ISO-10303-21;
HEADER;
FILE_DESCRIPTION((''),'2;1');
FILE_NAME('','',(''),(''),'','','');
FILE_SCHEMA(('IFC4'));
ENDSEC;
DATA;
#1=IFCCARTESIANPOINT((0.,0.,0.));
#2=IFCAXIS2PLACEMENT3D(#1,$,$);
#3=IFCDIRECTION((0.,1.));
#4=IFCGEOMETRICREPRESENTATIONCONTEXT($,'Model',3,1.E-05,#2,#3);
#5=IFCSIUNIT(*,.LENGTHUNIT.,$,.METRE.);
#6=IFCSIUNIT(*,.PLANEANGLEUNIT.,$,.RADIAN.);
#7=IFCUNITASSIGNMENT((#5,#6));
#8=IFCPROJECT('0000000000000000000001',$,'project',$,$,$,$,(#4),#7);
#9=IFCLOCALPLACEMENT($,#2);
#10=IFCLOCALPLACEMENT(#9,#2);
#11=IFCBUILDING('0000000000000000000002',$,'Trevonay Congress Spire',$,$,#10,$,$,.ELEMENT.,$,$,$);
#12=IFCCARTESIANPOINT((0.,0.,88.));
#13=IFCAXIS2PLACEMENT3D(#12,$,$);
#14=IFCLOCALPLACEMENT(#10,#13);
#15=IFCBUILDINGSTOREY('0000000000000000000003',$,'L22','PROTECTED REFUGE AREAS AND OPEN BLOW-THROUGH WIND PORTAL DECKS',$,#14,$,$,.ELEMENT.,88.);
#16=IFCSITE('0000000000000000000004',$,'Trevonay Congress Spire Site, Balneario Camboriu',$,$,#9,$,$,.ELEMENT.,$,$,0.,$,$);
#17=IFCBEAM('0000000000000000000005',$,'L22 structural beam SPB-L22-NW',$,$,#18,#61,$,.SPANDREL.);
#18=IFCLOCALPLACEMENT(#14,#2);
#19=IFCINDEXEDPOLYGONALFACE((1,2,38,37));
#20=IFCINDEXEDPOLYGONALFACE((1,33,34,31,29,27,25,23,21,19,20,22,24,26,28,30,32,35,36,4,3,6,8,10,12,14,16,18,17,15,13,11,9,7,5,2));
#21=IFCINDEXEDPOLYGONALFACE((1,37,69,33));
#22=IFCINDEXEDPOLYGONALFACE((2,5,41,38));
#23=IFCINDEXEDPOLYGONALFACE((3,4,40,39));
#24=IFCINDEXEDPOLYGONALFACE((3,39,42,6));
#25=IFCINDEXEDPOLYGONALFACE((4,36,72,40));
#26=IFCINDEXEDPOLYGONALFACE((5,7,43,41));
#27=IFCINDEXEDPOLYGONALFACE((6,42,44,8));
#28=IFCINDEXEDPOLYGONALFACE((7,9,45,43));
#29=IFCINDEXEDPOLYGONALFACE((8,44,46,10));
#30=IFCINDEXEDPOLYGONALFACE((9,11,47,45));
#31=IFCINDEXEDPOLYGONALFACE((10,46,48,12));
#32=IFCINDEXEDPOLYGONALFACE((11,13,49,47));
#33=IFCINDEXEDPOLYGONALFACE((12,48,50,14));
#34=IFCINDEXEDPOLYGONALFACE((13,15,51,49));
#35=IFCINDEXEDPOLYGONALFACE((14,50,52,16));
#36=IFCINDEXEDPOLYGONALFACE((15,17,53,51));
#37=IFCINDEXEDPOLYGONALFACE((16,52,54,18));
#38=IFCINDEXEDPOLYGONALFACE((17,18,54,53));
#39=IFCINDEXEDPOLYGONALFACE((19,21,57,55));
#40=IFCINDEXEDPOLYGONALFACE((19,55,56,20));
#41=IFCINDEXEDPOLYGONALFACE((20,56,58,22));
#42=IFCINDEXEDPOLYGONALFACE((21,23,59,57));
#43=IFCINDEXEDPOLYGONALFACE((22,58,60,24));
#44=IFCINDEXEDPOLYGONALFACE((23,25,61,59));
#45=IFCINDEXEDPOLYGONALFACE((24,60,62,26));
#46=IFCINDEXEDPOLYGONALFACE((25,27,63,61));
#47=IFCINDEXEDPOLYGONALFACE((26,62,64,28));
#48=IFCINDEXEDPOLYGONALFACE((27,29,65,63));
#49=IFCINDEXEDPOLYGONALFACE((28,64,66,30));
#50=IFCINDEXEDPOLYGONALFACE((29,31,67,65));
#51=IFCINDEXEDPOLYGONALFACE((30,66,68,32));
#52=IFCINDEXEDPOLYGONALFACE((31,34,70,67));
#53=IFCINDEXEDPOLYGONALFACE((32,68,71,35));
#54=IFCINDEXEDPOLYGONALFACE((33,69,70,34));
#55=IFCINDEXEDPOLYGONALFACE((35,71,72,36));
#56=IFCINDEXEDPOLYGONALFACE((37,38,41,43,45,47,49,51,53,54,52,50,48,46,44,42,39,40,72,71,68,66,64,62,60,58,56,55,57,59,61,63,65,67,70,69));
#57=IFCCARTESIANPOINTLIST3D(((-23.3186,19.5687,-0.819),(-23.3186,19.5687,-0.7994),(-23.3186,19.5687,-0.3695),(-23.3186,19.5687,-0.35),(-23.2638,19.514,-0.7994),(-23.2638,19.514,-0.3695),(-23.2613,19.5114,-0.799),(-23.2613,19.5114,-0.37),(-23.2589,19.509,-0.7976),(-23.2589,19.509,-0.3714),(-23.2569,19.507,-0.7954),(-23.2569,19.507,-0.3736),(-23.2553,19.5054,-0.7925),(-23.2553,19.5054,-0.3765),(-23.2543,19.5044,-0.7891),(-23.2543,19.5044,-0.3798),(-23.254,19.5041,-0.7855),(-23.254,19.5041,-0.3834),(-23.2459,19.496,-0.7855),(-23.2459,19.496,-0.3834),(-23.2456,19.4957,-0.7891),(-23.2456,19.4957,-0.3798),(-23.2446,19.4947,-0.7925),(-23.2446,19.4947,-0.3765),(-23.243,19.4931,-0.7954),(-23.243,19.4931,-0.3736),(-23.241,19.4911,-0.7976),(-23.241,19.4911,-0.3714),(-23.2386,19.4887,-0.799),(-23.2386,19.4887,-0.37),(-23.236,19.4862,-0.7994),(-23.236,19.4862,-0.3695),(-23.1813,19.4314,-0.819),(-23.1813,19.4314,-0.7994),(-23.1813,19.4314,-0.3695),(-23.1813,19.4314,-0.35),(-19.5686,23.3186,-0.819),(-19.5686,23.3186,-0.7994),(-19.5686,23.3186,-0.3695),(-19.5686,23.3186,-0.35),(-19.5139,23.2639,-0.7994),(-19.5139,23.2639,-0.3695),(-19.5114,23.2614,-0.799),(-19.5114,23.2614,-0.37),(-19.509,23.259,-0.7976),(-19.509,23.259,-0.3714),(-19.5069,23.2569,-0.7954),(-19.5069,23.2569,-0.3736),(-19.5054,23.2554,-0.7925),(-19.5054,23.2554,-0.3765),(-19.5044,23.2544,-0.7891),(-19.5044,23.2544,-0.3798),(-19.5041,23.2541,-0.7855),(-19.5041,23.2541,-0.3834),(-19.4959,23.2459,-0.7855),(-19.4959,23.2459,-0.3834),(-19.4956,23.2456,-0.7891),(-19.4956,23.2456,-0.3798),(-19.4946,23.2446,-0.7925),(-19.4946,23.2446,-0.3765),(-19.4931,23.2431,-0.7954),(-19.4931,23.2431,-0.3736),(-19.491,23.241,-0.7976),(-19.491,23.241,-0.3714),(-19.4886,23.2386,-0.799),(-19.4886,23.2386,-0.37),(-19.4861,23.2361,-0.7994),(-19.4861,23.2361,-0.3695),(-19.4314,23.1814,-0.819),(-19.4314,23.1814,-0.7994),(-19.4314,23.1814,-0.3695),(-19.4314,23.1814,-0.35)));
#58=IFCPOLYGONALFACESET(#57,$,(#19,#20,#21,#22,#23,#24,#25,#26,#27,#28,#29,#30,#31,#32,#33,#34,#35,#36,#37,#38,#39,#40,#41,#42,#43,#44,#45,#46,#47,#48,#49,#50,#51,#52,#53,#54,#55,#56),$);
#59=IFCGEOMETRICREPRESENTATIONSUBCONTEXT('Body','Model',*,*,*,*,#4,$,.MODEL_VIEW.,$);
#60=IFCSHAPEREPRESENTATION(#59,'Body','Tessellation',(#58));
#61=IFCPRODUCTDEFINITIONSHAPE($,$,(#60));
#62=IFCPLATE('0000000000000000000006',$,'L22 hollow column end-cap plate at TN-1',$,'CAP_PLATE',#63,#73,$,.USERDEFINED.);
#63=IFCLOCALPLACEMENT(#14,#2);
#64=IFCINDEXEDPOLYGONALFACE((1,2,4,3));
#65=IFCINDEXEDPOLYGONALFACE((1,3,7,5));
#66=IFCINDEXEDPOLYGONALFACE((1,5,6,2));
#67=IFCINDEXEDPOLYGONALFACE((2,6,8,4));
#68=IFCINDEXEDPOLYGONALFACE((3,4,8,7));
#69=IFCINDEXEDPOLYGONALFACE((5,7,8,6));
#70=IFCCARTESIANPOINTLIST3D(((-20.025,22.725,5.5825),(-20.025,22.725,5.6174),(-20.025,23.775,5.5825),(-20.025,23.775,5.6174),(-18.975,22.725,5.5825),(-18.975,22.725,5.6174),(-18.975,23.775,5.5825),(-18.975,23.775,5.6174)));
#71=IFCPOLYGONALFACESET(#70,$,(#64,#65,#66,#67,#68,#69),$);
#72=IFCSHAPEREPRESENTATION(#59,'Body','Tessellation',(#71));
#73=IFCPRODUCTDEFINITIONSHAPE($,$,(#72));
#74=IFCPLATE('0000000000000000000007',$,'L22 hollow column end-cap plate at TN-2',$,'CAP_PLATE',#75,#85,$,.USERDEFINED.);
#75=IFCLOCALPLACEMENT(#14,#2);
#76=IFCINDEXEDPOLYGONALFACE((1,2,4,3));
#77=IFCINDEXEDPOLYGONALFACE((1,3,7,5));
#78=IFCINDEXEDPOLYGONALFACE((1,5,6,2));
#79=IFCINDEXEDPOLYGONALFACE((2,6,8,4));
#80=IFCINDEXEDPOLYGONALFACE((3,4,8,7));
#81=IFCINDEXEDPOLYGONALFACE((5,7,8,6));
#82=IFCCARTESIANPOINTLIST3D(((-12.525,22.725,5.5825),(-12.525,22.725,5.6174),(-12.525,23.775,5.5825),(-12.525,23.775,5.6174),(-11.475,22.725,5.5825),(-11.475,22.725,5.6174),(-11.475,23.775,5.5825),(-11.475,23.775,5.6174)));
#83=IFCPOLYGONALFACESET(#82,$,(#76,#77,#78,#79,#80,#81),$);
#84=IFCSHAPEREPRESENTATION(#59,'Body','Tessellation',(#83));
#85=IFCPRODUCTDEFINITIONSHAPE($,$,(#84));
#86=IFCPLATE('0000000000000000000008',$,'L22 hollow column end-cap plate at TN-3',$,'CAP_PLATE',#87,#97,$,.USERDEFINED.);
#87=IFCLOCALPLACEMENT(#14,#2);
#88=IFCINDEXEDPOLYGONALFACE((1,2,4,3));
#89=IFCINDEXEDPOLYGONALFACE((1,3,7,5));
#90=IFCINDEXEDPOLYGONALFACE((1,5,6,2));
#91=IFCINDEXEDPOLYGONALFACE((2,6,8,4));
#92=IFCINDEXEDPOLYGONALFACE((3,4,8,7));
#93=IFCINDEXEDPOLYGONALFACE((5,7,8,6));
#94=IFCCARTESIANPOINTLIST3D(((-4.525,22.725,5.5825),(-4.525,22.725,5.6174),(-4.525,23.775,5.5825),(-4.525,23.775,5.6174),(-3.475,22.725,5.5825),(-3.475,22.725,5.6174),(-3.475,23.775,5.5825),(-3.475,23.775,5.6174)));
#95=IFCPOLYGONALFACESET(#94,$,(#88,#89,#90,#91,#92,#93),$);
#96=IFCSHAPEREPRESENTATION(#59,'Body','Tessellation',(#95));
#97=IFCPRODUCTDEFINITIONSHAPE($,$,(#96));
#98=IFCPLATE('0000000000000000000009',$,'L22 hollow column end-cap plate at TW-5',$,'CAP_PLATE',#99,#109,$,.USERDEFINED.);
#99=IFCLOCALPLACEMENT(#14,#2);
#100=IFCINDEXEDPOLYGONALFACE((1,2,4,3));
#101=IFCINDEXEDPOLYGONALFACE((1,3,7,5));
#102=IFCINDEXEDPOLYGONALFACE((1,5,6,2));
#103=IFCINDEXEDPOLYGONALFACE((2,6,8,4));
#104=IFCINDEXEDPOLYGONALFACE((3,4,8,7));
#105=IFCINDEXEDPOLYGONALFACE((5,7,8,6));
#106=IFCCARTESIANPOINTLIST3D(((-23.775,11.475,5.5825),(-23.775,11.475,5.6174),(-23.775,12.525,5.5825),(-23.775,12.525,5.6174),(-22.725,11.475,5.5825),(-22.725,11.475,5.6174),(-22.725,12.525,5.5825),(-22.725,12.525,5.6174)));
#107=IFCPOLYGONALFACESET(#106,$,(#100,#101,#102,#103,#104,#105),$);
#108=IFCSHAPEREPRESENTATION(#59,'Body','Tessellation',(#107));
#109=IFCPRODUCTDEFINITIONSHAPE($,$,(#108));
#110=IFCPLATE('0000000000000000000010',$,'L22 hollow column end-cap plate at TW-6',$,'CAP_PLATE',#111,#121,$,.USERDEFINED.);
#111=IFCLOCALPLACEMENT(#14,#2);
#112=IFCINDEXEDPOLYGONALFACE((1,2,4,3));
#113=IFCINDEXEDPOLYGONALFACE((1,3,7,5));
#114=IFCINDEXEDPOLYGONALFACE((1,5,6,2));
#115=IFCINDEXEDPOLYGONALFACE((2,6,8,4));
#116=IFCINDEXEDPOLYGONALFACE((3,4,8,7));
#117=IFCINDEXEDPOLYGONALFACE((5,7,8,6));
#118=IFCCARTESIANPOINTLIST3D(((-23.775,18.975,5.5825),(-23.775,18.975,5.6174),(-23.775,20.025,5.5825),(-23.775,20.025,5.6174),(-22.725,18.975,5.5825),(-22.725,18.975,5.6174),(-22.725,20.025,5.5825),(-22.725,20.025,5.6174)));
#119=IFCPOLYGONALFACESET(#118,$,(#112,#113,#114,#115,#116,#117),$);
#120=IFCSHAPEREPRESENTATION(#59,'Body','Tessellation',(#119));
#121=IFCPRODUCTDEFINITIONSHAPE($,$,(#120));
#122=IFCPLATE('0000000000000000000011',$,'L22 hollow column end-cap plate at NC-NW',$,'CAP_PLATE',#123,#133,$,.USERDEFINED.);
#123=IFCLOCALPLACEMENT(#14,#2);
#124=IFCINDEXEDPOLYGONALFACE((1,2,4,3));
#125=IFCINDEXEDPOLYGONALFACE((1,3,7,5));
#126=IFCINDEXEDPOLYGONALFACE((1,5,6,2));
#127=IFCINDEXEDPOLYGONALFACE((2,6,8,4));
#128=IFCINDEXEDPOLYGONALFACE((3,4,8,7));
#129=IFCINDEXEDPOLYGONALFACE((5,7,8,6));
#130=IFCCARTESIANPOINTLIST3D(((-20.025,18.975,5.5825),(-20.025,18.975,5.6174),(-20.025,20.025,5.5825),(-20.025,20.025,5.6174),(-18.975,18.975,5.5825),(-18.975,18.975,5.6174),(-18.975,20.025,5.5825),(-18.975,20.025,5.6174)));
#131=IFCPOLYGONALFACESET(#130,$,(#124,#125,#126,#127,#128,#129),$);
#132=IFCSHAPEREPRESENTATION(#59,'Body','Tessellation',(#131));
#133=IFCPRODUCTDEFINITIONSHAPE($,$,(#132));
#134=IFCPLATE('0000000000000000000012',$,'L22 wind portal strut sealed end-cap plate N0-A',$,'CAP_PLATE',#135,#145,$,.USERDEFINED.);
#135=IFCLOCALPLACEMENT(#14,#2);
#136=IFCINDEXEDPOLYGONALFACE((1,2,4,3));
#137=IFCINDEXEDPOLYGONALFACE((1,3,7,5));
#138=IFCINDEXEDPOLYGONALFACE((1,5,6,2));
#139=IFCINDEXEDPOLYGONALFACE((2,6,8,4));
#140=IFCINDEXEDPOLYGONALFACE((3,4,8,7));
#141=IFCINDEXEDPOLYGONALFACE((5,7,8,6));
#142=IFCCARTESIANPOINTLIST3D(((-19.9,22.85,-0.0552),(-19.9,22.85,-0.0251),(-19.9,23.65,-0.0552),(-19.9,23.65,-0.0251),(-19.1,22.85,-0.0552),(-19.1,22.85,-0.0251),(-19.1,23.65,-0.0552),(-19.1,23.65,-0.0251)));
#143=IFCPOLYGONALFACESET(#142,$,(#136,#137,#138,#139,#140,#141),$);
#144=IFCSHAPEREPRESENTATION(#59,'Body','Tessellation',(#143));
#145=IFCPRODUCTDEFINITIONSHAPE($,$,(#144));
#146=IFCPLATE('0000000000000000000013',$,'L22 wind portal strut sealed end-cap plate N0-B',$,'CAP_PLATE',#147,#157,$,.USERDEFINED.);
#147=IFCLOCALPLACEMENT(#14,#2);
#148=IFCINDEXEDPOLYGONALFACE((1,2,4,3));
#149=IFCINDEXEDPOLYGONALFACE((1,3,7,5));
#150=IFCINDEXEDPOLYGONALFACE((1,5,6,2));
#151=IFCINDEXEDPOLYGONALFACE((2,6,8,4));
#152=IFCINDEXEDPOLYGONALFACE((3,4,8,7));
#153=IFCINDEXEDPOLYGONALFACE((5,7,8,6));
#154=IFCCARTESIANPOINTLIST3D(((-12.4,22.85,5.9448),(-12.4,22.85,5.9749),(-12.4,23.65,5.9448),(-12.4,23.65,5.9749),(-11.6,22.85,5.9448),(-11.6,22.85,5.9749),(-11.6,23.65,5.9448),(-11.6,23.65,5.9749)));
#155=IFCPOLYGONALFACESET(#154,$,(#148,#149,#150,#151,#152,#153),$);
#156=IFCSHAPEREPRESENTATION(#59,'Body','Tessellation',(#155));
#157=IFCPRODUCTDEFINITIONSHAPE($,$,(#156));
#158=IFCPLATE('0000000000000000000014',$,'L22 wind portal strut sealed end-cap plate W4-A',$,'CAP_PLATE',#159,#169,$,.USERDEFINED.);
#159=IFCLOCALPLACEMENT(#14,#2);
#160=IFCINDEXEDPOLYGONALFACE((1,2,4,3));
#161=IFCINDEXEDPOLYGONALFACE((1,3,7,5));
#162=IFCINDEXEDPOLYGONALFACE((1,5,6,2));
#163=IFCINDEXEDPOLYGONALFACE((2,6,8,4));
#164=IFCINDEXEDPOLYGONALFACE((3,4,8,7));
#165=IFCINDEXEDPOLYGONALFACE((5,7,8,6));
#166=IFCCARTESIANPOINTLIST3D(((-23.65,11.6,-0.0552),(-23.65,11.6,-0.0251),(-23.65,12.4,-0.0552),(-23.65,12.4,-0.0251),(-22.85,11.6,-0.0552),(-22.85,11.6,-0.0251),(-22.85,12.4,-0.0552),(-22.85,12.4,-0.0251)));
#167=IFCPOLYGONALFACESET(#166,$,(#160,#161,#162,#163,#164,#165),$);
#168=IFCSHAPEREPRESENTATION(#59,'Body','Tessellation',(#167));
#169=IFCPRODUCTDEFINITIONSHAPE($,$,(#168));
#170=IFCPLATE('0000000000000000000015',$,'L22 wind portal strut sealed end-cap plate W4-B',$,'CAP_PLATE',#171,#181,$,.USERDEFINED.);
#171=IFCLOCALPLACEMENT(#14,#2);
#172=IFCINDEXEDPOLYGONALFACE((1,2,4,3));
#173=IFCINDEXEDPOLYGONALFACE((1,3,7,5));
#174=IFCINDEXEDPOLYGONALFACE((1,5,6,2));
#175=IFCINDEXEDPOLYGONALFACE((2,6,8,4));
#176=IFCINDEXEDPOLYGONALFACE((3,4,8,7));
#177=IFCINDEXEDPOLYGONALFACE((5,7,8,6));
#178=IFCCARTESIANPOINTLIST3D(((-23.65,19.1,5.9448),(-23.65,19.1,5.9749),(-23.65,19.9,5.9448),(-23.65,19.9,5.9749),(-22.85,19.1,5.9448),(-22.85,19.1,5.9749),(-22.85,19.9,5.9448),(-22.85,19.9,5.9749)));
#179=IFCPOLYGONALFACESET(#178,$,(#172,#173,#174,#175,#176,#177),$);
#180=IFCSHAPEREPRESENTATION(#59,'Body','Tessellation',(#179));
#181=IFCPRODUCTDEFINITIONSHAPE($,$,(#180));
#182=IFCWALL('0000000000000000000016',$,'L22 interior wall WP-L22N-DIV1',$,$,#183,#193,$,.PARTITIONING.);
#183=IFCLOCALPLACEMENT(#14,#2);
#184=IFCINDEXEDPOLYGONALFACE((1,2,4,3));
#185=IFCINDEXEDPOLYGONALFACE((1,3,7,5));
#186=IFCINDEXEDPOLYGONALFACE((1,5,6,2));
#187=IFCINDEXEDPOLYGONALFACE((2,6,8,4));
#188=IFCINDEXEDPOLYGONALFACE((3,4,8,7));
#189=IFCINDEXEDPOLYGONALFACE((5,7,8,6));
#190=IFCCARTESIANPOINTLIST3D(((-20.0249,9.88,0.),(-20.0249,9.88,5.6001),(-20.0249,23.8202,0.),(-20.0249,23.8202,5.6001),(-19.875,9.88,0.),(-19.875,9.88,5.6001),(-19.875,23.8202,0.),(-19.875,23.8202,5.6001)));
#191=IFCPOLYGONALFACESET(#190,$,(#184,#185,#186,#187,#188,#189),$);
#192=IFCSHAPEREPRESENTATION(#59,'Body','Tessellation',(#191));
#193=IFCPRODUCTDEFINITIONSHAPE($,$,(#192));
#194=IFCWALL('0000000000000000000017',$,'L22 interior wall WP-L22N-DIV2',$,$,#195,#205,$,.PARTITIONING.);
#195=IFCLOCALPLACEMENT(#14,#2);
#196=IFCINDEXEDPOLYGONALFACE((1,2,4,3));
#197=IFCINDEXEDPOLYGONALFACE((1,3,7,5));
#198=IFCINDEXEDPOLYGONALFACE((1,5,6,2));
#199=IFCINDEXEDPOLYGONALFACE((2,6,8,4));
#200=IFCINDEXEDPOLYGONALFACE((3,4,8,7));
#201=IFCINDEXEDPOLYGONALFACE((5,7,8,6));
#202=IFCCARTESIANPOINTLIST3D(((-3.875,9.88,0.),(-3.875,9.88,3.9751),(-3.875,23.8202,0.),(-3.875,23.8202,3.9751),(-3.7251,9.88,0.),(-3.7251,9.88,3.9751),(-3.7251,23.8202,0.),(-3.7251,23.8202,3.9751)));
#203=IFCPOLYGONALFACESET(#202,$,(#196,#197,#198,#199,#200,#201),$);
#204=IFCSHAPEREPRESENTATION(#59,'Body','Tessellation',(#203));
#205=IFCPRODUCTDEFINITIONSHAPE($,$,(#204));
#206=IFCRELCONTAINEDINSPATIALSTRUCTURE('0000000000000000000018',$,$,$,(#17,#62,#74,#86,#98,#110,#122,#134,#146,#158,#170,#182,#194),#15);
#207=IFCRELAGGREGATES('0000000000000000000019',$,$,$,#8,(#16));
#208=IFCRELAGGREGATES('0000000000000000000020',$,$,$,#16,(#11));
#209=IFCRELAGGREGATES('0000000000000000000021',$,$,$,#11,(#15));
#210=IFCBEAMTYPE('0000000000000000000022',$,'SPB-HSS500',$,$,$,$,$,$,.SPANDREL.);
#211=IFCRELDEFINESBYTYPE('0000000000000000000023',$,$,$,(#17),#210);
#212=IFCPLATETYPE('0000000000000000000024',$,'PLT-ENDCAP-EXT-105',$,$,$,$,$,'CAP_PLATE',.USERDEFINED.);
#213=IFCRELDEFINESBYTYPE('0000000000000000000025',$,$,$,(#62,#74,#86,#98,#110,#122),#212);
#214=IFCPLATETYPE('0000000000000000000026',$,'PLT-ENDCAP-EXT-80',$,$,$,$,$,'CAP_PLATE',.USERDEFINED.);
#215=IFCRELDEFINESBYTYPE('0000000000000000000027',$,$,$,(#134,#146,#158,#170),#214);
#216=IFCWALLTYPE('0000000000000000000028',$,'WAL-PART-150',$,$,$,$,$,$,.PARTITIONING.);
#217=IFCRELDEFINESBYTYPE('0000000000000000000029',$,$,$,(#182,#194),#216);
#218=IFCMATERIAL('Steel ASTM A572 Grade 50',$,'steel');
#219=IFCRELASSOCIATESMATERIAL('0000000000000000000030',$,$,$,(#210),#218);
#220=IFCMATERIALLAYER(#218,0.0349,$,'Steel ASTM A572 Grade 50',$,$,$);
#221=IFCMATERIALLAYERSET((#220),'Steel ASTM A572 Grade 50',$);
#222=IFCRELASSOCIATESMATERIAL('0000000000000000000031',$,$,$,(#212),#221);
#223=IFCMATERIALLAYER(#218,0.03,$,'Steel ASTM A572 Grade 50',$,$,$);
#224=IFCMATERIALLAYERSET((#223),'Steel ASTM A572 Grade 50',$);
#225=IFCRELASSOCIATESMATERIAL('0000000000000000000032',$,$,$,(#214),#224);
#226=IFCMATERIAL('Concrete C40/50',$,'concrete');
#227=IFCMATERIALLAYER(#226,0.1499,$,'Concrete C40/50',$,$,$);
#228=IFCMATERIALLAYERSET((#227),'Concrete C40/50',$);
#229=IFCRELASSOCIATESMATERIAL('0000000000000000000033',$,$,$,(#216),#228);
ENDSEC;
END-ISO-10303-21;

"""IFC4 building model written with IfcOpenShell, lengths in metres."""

from ifc_helpers import new_model, si_unit, direction, frame, frame_2d, origin, origin_2d, place, context, subcontext, project, spatial, rectangle, i_section, extrude, material, layer, layer_set, material_profile, profile_set, type_object, element, save


model = new_model("IFC4")

# Units and contexts
model_context = context("Model", 3, precision=1e-05, world=origin(), true_north=direction((0.0, 1.0)))
body_context = subcontext(model_context, "Body", "Model", "MODEL_VIEW")
ifc_project = project(units=[si_unit("LENGTHUNIT", "METRE"), si_unit("PLANEANGLEUNIT", "RADIAN")], contexts=[model_context])

# Site, building, storey
site_placement = place(None, origin())
site = spatial("IfcSite", under=ifc_project, at=site_placement, Name="Trevonay Congress Spire Site, Balneario Camboriu", CompositionType="ELEMENT", RefElevation=0.0)
building_placement = place(site_placement, origin())
building = spatial("IfcBuilding", under=site, at=building_placement, Name="Trevonay Congress Spire", CompositionType="ELEMENT")
storey_placement = place(building_placement, frame((0.0, 0.0, 88.0)))
storey = spatial("IfcBuildingStorey", under=building, at=storey_placement, Name="L22", Description="PROTECTED REFUGE AREAS AND OPEN BLOW-THROUGH WIND PORTAL DECKS", CompositionType="ELEMENT", Elevation=88.0)

# Shared definitions
ifc_material_1 = material(Name="Steel ASTM A572 Grade 50", Category="steel")

# Beam
ifc_material_profile_1 = material_profile(ifc_material_1, i_section(OverallWidth=0.1941, OverallDepth=0.469, WebThickness=0.0115, FlangeThickness=0.0195, FilletRadius=0.0139, at=origin_2d()), Name="W460x106")
ifc_profile_set_1 = profile_set([ifc_material_profile_1], Name="Steel ASTM A572 Grade 50")
beam_type_1 = type_object("IfcBeamType", Name="SPB-HSS500", PredefinedType="SPANDREL", material=ifc_profile_set_1)
beam_1_placement = place(storey_placement, frame((-19.5, 23.25, -0.5845), z_axis=(-0.707107, -0.707107, 0.0), x_axis=(0.707107, -0.707107, 0.0)))
element("IfcBeam", 1, at=beam_1_placement, inside=storey, type_object=beam_type_1, Name="L22 structural beam SPB-L22-NW", PredefinedType="SPANDREL", context=body_context, shape_type="SweptSolid", body=[
    extrude(i_section(OverallWidth=0.1941, OverallDepth=0.469, WebThickness=0.0115, FlangeThickness=0.0195, FilletRadius=0.0139, at=origin_2d()), origin(), (0.0, 0.0, 1.0), 5.3032),
])

# Plates
ifc_layer_1 = layer(ifc_material_1, 0.0349, Name="Steel ASTM A572 Grade 50")
ifc_layer_set_1 = layer_set([ifc_layer_1], Name="Steel ASTM A572 Grade 50")
plate_type_1 = type_object("IfcPlateType", Name="PLT-ENDCAP-EXT-105", ElementType="CAP_PLATE", PredefinedType="USERDEFINED", material=ifc_layer_set_1)
for number, where, z_axis, x_axis, name in (
    (2, (-19.5, 23.25, 5.5825), (0.0, 0.0, 1.0), (1.0, 0.0, 0.0), "L22 hollow column end-cap plate at TN-1"),
    (3, (-12.0, 23.25, 5.5825), (0.0, 0.0, 1.0), (1.0, 0.0, 0.0), "L22 hollow column end-cap plate at TN-2"),
    (4, (-4.0, 23.25, 5.5825), (0.0, 0.0, 1.0), (1.0, 0.0, 0.0), "L22 hollow column end-cap plate at TN-3"),
    (5, (-23.25, 12.0, 5.5825), (0.0, 0.0, 1.0), (1.0, 0.0, 0.0), "L22 hollow column end-cap plate at TW-5"),
    (6, (-23.25, 19.5, 5.5825), (0.0, 0.0, 1.0), (1.0, 0.0, 0.0), "L22 hollow column end-cap plate at TW-6"),
    (7, (-19.5, 19.5, 5.5825), (0.0, 0.0, 1.0), (1.0, 0.0, 0.0), "L22 hollow column end-cap plate at NC-NW"),
):
    element("IfcPlate", number, at=place(storey_placement, frame(where, z_axis=z_axis, x_axis=x_axis)), inside=storey, type_object=plate_type_1, Name=name, ObjectType="CAP_PLATE", PredefinedType="USERDEFINED", context=body_context, shape_type="SweptSolid", body=[
        extrude(rectangle(XDim=1.05, YDim=1.05, at=origin_2d()), origin(), (0.0, 0.0, 1.0), 0.0349),
    ])
ifc_layer_2 = layer(ifc_material_1, 0.03, Name="Steel ASTM A572 Grade 50")
ifc_layer_set_2 = layer_set([ifc_layer_2], Name="Steel ASTM A572 Grade 50")
plate_type_2 = type_object("IfcPlateType", Name="PLT-ENDCAP-EXT-80", ElementType="CAP_PLATE", PredefinedType="USERDEFINED", material=ifc_layer_set_2)
for number, where, z_axis, x_axis, name in (
    (8, (-19.5, 23.25, -0.0552), (0.0, 0.0, 1.0), (1.0, 0.0, 0.0), "L22 wind portal strut sealed end-cap plate N0-A"),
    (9, (-12.0, 23.25, 5.9448), (0.0, 0.0, 1.0), (1.0, 0.0, 0.0), "L22 wind portal strut sealed end-cap plate N0-B"),
    (10, (-23.25, 12.0, -0.0552), (0.0, 0.0, 1.0), (1.0, 0.0, 0.0), "L22 wind portal strut sealed end-cap plate W4-A"),
    (11, (-23.25, 19.5, 5.9448), (0.0, 0.0, 1.0), (1.0, 0.0, 0.0), "L22 wind portal strut sealed end-cap plate W4-B"),
):
    element("IfcPlate", number, at=place(storey_placement, frame(where, z_axis=z_axis, x_axis=x_axis)), inside=storey, type_object=plate_type_2, Name=name, ObjectType="CAP_PLATE", PredefinedType="USERDEFINED", context=body_context, shape_type="SweptSolid", body=[
        extrude(rectangle(XDim=0.8, YDim=0.8, at=origin_2d()), origin(), (0.0, 0.0, 1.0), 0.03),
    ])

# Walls
ifc_material_2 = material(Name="Concrete C40/50", Category="concrete")
ifc_layer_3 = layer(ifc_material_2, 0.1499, Name="Concrete C40/50")
ifc_layer_set_3 = layer_set([ifc_layer_3], Name="Concrete C40/50")
wall_type = type_object("IfcWallType", Name="WAL-PART-150", PredefinedType="PARTITIONING", material=ifc_layer_set_3)
wall_1_placement = place(storey_placement, frame((-19.95, 9.8799, 0.0), z_axis=(0.0, 0.0, 1.0), x_axis=(0.0, 1.0, 0.0)))
element("IfcWall", 12, at=wall_1_placement, inside=storey, type_object=wall_type, Name="L22 interior wall WP-L22N-DIV1", PredefinedType="PARTITIONING", context=body_context, shape_type="SweptSolid", body=[
    extrude(rectangle(XDim=13.9402, YDim=0.1499, at=frame_2d((6.9702, 0.0))), origin(), (0.0, 0.0, 1.0), 5.6001),
])
wall_2_placement = place(storey_placement, frame((-3.8, 9.8799, 0.0), z_axis=(0.0, 0.0, 1.0), x_axis=(0.0, 1.0, 0.0)))
element("IfcWall", 13, at=wall_2_placement, inside=storey, type_object=wall_type, Name="L22 interior wall WP-L22N-DIV2", PredefinedType="PARTITIONING", context=body_context, shape_type="SweptSolid", body=[
    extrude(rectangle(XDim=13.9402, YDim=0.1499, at=frame_2d((6.9702, 0.0))), origin(), (0.0, 0.0, 1.0), 3.9751),
])

save(model, "model.ifc")
